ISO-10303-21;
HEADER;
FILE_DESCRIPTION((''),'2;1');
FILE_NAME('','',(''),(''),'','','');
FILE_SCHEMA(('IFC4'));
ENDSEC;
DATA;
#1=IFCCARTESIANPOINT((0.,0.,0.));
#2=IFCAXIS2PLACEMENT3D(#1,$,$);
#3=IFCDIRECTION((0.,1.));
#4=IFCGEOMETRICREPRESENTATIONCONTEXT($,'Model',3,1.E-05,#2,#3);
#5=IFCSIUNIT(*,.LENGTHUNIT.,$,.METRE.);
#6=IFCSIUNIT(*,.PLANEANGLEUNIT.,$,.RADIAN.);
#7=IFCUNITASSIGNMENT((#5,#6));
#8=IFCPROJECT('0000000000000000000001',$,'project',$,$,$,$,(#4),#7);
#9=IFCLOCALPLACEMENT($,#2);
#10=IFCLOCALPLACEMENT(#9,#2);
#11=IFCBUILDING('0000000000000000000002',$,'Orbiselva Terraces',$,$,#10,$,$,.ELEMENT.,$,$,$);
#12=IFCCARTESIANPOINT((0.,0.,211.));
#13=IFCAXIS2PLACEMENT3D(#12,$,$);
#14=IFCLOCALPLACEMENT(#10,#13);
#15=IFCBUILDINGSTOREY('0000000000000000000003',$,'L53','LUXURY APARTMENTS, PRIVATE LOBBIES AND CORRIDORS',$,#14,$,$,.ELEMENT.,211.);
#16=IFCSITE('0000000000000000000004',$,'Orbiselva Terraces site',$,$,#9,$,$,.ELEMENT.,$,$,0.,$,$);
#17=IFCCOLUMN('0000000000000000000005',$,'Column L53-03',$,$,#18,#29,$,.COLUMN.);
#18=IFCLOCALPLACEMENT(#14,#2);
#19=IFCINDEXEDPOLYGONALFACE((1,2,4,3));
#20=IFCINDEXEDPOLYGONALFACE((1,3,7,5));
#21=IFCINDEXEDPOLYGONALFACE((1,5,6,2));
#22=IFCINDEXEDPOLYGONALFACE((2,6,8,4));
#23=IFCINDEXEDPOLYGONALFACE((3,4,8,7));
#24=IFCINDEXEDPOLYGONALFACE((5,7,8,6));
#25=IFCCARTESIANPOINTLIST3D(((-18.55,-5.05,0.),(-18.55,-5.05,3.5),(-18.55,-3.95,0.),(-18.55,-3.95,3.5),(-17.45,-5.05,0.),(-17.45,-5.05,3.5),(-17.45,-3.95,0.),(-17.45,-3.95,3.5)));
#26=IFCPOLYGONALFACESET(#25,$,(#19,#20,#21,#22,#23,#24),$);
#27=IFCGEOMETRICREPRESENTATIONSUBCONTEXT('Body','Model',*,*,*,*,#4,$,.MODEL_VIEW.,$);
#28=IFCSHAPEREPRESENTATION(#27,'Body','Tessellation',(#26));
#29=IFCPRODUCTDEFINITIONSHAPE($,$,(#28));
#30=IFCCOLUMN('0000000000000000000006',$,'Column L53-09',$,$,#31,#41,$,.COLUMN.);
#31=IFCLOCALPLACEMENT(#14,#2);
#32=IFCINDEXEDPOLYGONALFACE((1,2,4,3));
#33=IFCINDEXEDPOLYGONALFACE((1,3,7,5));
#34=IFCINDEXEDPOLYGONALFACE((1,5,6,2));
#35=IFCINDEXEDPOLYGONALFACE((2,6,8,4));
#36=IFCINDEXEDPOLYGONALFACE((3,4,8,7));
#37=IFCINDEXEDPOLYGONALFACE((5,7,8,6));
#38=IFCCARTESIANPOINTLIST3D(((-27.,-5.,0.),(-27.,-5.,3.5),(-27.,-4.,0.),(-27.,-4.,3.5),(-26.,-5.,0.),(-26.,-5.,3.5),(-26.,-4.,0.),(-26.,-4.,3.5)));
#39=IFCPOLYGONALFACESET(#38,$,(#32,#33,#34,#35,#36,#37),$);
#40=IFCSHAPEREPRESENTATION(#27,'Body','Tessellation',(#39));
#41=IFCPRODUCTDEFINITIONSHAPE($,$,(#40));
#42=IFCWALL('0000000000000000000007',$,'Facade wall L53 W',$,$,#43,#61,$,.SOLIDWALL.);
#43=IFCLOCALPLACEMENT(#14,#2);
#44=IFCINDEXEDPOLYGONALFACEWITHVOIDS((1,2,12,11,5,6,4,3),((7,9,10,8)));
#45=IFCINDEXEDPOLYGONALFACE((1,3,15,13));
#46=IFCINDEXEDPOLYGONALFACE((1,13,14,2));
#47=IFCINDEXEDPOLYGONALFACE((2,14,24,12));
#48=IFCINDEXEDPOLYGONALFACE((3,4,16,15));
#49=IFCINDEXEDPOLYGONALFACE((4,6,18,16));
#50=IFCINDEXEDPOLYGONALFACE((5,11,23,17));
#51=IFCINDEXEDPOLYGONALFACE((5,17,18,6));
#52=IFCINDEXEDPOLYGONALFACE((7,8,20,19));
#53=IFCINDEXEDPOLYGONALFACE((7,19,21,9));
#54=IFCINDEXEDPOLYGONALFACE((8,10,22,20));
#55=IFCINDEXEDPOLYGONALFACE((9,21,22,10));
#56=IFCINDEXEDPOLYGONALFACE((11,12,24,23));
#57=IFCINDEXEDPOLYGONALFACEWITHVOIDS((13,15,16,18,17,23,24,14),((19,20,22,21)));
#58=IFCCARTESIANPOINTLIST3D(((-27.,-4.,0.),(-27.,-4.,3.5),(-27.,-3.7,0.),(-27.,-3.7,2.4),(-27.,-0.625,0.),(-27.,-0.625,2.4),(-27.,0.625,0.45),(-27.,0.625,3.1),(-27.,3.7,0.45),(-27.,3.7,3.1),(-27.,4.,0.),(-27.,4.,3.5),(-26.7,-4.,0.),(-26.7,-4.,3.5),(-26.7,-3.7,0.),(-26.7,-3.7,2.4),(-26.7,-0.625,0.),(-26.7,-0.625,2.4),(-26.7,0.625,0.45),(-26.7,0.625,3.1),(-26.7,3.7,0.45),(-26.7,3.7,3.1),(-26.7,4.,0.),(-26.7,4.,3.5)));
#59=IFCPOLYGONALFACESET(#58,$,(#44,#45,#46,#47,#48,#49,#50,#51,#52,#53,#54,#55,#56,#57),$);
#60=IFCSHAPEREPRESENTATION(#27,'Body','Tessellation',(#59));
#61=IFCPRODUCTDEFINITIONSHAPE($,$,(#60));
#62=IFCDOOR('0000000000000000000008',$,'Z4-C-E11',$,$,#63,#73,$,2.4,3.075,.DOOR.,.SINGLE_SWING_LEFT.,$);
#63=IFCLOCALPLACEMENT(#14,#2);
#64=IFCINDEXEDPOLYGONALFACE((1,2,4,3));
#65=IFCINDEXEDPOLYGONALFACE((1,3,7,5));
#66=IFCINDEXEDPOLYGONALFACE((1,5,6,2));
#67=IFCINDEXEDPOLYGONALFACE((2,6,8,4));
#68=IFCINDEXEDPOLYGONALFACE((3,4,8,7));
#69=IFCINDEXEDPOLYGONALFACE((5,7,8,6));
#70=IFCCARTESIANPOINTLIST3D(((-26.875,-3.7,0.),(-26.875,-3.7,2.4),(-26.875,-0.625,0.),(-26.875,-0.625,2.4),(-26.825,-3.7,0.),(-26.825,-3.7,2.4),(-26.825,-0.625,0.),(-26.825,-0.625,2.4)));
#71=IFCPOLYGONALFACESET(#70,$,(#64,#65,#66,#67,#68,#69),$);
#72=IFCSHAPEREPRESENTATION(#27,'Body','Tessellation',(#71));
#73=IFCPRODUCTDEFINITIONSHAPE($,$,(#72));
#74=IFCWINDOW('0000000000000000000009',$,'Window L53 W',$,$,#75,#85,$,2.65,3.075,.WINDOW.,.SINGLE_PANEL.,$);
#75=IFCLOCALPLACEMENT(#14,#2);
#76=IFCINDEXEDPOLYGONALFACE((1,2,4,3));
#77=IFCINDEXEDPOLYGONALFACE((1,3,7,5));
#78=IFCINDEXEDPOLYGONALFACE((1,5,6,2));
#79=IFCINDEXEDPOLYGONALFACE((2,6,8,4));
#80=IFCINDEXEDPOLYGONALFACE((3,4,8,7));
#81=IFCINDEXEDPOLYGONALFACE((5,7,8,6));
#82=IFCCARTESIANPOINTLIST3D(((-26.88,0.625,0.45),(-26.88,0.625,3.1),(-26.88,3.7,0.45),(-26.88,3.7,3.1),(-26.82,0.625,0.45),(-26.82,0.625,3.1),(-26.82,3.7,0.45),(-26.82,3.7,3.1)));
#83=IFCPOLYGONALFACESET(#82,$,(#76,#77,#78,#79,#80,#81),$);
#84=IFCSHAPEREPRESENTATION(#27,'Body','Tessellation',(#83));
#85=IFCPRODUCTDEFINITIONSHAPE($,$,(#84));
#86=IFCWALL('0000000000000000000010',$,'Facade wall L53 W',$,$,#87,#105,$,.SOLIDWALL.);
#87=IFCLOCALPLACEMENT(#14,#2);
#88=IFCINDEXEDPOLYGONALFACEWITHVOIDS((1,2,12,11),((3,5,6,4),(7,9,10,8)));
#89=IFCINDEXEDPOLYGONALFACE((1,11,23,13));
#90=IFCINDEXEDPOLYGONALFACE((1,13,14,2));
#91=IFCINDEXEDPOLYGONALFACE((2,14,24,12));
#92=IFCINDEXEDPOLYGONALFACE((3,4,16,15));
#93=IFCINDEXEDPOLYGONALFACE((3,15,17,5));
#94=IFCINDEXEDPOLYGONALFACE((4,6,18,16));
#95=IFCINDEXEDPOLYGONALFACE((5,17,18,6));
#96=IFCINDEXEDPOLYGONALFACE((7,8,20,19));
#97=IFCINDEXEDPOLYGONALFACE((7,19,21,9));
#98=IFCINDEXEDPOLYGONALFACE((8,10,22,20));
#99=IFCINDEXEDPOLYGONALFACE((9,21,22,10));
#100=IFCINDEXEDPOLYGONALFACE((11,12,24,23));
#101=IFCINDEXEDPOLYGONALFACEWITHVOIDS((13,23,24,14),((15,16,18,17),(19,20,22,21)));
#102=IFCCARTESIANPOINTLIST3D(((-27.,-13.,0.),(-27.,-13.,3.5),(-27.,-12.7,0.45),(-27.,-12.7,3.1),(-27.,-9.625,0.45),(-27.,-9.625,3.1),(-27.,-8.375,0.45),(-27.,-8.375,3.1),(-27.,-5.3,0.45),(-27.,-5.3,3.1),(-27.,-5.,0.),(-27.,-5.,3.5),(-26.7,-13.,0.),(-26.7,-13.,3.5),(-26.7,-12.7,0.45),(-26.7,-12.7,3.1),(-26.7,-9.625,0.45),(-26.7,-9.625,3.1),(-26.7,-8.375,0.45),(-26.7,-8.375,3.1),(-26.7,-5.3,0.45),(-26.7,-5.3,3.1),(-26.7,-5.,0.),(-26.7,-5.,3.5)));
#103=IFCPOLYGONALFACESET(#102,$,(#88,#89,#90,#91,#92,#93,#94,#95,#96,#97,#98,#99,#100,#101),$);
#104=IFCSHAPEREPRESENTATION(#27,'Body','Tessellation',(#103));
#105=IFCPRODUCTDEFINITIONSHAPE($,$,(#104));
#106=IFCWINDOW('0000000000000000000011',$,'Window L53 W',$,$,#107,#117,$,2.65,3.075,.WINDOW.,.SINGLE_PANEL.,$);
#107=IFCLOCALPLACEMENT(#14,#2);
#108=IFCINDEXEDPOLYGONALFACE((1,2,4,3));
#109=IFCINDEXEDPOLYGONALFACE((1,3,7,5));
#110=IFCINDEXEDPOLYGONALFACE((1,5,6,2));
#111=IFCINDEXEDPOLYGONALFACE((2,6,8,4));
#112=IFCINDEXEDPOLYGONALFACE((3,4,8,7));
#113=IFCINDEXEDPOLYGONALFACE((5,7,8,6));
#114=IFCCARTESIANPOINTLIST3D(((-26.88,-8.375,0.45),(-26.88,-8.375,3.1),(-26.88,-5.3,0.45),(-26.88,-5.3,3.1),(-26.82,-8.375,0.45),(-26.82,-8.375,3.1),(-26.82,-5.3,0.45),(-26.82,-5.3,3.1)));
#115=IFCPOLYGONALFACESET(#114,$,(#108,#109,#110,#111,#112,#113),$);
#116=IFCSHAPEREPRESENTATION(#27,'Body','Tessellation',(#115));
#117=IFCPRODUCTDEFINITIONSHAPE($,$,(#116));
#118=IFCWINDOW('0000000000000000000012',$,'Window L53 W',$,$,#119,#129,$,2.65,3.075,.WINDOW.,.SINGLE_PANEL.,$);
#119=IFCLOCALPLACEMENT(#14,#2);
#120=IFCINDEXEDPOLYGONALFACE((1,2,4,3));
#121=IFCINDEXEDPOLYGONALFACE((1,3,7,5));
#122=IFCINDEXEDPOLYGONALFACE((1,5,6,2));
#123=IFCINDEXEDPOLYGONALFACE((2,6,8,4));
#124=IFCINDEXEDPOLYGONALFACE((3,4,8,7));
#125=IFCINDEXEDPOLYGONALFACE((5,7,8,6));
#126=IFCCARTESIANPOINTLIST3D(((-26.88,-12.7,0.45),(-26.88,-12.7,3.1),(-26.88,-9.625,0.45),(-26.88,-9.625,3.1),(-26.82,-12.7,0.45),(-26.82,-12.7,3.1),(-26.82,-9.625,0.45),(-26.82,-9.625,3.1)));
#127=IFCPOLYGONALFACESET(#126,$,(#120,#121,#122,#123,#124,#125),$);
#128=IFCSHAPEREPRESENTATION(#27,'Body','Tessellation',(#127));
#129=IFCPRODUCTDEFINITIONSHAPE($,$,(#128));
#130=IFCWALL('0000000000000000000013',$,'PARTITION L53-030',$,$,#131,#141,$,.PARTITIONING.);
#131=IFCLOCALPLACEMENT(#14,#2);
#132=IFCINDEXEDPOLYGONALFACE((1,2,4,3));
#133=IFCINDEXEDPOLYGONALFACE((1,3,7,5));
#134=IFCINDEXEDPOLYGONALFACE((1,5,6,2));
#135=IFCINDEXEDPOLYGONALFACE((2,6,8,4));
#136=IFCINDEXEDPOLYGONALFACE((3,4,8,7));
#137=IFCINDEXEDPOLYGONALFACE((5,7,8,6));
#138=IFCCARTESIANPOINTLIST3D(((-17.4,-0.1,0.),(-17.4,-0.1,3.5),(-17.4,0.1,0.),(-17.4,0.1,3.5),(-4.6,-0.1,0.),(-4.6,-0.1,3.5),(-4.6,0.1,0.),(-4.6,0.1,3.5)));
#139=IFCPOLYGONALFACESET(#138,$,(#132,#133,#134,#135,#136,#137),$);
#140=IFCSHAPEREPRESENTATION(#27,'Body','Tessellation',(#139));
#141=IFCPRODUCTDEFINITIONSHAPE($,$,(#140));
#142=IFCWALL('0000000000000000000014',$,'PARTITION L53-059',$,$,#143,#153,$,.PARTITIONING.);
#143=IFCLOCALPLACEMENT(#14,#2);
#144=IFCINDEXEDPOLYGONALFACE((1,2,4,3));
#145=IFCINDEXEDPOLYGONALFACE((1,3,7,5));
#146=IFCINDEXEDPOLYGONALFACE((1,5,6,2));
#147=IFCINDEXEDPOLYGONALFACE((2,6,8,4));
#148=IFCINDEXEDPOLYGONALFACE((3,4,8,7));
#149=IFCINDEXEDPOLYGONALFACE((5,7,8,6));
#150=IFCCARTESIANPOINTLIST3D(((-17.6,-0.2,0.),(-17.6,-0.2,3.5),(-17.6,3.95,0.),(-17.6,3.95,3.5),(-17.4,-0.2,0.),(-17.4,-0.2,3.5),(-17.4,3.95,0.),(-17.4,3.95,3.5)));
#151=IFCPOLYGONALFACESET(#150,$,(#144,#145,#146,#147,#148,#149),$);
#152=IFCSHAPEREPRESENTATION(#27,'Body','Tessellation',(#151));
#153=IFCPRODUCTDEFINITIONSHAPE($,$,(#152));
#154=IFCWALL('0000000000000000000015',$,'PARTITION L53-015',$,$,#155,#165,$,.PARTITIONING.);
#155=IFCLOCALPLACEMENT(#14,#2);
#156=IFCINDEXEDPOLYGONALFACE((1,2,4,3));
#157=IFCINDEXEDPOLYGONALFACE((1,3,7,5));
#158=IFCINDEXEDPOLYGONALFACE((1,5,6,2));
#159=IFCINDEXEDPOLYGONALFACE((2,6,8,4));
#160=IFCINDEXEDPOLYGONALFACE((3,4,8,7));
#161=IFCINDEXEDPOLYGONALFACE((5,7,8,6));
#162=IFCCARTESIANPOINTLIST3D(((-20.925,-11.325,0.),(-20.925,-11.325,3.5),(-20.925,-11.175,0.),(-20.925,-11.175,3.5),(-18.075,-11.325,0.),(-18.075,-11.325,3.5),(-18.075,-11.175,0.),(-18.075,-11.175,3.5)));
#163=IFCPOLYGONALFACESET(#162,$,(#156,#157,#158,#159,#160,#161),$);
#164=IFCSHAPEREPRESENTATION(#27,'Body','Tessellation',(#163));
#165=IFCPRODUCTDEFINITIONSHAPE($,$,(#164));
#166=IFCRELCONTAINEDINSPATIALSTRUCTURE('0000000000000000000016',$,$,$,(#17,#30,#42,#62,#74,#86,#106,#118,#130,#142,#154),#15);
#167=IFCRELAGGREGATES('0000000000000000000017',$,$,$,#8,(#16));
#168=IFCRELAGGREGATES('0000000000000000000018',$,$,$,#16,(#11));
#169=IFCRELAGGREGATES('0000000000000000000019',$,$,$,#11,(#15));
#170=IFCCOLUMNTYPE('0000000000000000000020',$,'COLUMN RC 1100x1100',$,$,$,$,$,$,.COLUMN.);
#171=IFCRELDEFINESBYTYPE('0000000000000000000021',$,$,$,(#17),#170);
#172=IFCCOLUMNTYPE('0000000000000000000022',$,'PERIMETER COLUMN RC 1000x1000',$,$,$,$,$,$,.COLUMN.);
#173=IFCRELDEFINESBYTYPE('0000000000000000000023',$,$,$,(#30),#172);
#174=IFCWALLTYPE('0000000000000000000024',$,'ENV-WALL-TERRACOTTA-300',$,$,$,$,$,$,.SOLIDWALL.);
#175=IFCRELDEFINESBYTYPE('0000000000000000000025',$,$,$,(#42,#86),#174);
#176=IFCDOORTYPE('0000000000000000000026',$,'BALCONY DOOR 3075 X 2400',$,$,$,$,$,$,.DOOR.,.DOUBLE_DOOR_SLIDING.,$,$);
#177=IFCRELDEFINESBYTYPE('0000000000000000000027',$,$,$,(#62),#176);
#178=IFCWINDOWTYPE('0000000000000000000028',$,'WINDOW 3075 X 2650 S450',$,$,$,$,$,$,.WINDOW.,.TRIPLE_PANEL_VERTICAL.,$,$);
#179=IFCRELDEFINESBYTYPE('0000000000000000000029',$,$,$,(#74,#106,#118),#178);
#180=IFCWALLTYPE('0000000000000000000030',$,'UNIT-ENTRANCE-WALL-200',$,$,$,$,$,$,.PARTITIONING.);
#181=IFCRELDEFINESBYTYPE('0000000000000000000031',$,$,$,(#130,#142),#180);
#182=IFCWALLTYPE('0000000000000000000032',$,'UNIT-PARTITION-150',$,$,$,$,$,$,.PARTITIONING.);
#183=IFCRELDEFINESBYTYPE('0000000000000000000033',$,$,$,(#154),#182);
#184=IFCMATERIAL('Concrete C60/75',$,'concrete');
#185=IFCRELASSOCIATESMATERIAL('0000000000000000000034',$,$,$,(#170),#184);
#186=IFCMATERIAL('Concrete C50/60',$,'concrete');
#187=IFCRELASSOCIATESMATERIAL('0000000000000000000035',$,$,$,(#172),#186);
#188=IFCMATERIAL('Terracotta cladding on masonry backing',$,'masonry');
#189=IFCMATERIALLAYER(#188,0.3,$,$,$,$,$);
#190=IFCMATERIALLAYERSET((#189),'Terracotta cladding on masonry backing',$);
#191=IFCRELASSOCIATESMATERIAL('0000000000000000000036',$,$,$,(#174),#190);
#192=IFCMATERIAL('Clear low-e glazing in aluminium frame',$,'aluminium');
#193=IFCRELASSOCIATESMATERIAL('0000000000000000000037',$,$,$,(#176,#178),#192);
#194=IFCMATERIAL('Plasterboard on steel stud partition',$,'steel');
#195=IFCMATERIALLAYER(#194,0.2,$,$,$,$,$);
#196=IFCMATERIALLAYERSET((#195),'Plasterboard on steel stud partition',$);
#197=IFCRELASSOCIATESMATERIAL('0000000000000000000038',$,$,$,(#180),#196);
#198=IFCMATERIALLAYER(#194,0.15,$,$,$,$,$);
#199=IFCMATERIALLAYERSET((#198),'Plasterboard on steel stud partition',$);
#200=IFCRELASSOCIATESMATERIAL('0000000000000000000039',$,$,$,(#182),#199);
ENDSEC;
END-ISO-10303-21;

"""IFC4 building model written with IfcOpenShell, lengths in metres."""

from ifc_helpers import new_model, si_unit, direction, frame, frame_2d, origin, origin_2d, place, context, subcontext, project, spatial, rectangle, extrude, material, layer, layer_set, material_profile, profile_set, type_object, element, fill, save


model = new_model("IFC4")

# Units and contexts
model_context = context("Model", 3, precision=1e-05, world=origin(), true_north=direction((0.0, 1.0)))
body_context = subcontext(model_context, "Body", "Model", "MODEL_VIEW")
ifc_project = project(units=[si_unit("LENGTHUNIT", "METRE"), si_unit("PLANEANGLEUNIT", "RADIAN")], contexts=[model_context])

# Site, building, storey
site_placement = place(None, origin())
site = spatial("IfcSite", under=ifc_project, at=site_placement, Name="Orbiselva Terraces site", CompositionType="ELEMENT", RefElevation=0.0)
building_placement = place(site_placement, origin())
building = spatial("IfcBuilding", under=site, at=building_placement, Name="Orbiselva Terraces", CompositionType="ELEMENT")
storey_placement = place(building_placement, frame((0.0, 0.0, 211.0)))
storey = spatial("IfcBuildingStorey", under=building, at=storey_placement, Name="L53", Description="LUXURY APARTMENTS, PRIVATE LOBBIES AND CORRIDORS", CompositionType="ELEMENT", Elevation=211.0)

# Columns
ifc_material_1 = material(Name="Concrete C60/75", Category="concrete")
ifc_material_profile_1 = material_profile(ifc_material_1, rectangle(XDim=1.1, YDim=1.1, at=origin_2d()), Name="RC 1100x1100")
ifc_profile_set_1 = profile_set([ifc_material_profile_1], Name="Concrete C60/75")
column_type_1 = type_object("IfcColumnType", Name="COLUMN RC 1100x1100", PredefinedType="COLUMN", material=ifc_profile_set_1)
column_1_placement = place(storey_placement, frame((-18.0, -4.5, 0.0), z_axis=(0.0, 0.0, 1.0), x_axis=(1.0, 0.0, 0.0)))
element("IfcColumn", 1, at=column_1_placement, inside=storey, type_object=column_type_1, Name="Column L53-03", PredefinedType="COLUMN", context=body_context, shape_type="SweptSolid", body=[
    extrude(rectangle(XDim=1.1, YDim=1.1, at=origin_2d()), origin(), (0.0, 0.0, 1.0), 3.5),
])
ifc_material_2 = material(Name="Concrete C50/60", Category="concrete")
ifc_material_profile_2 = material_profile(ifc_material_2, rectangle(XDim=1.0, YDim=1.0, at=origin_2d()), Name="RC 1000x1000")
ifc_profile_set_2 = profile_set([ifc_material_profile_2], Name="Concrete C50/60")
column_type_2 = type_object("IfcColumnType", Name="PERIMETER COLUMN RC 1000x1000", PredefinedType="COLUMN", material=ifc_profile_set_2)
column_2_placement = place(storey_placement, frame((-26.5, -4.5, 0.0), z_axis=(0.0, 0.0, 1.0), x_axis=(1.0, 0.0, 0.0)))
element("IfcColumn", 2, at=column_2_placement, inside=storey, type_object=column_type_2, Name="Column L53-09", PredefinedType="COLUMN", context=body_context, shape_type="SweptSolid", body=[
    extrude(rectangle(XDim=1.0, YDim=1.0, at=origin_2d()), origin(), (0.0, 0.0, 1.0), 3.5),
])

# Wall, openings, door, window
ifc_material_3 = material(Name="Terracotta cladding on masonry backing", Category="masonry")
ifc_layer_1 = layer(ifc_material_3, 0.3)
ifc_layer_set_1 = layer_set([ifc_layer_1], Name="Terracotta cladding on masonry backing")
wall_type_1 = type_object("IfcWallType", Name="ENV-WALL-TERRACOTTA-300", PredefinedType="SOLIDWALL", material=ifc_layer_set_1)
wall_1_placement = place(storey_placement, frame((-26.85, -4.0, 0.0), z_axis=(0.0, 0.0, 1.0), x_axis=(0.0, 1.0, 0.0)))
wall_1 = element("IfcWall", 3, at=wall_1_placement, inside=storey, type_object=wall_type_1, Name="Facade wall L53 W", PredefinedType="SOLIDWALL", context=body_context, shape_type="SweptSolid", body=[
    extrude(rectangle(XDim=8.0, YDim=0.3, at=frame_2d((4.0, 0.0))), origin(), (0.0, 0.0, 1.0), 3.5),
])
opening_1_placement = place(wall_1_placement, frame((4.625, 0.0, 0.45)))
opening_1 = element("IfcOpeningElement", 4, at=opening_1_placement, cuts=wall_1, PredefinedType="OPENING", context=body_context, shape_type="SweptSolid", body=[
    extrude(rectangle(XDim=3.075, YDim=2.65, at=frame_2d((1.5375, 1.325))), frame((0.0, 0.16, 0.0), z_axis=(0.0, -1.0, 0.0), x_axis=(1.0, 0.0, 0.0)), (0.0, 0.0, 1.0), 0.32),
])
opening_2_placement = place(wall_1_placement, frame((0.3, 0.0, 0.0)))
opening_2 = element("IfcOpeningElement", 5, at=opening_2_placement, cuts=wall_1, PredefinedType="OPENING", context=body_context, shape_type="SweptSolid", body=[
    extrude(rectangle(XDim=3.075, YDim=2.4, at=frame_2d((1.5375, 1.2))), frame((0.0, 0.16, 0.0), z_axis=(0.0, -1.0, 0.0), x_axis=(1.0, 0.0, 0.0)), (0.0, 0.0, 1.0), 0.32),
])
ifc_material_4 = material(Name="Clear low-e glazing in aluminium frame", Category="aluminium")
door_type_1 = type_object("IfcDoorType", Name="BALCONY DOOR 3075 X 2400", OperationType="DOUBLE_DOOR_SLIDING", PredefinedType="DOOR", material=ifc_material_4)
door_1_placement = place(opening_2_placement, origin())
door_1 = element("IfcDoor", 6, at=door_1_placement, inside=storey, type_object=door_type_1, Name="Z4-C-E11", OperationType="SINGLE_SWING_LEFT", OverallHeight=2.4, OverallWidth=3.075, PredefinedType="DOOR", context=body_context, shape_type="SweptSolid", body=[
    extrude(rectangle(XDim=3.075, YDim=2.4, at=frame_2d((1.5375, 1.2))), frame((0.0, 0.025, 0.0), z_axis=(0.0, -1.0, 0.0), x_axis=(1.0, 0.0, 0.0)), (0.0, 0.0, 1.0), 0.05),
])
fill(opening_2, door_1)
window_type = type_object("IfcWindowType", Name="WINDOW 3075 X 2650 S450", PartitioningType="TRIPLE_PANEL_VERTICAL", PredefinedType="WINDOW", material=ifc_material_4)
window_1_placement = place(opening_1_placement, origin())
window_1 = element("IfcWindow", 7, at=window_1_placement, inside=storey, type_object=window_type, Name="Window L53 W", OverallHeight=2.65, OverallWidth=3.075, PartitioningType="SINGLE_PANEL", PredefinedType="WINDOW", context=body_context, shape_type="SweptSolid", body=[
    extrude(rectangle(XDim=3.075, YDim=2.65, at=frame_2d((1.5375, 1.325))), frame((0.0, 0.03, 0.0), z_axis=(0.0, -1.0, 0.0), x_axis=(1.0, 0.0, 0.0)), (0.0, 0.0, 1.0), 0.06),
])
fill(opening_1, window_1)

# Wall, openings, windows
wall_2_placement = place(storey_placement, frame((-26.85, -13.0, 0.0), z_axis=(0.0, 0.0, 1.0), x_axis=(0.0, 1.0, 0.0)))
wall_2 = element("IfcWall", 8, at=wall_2_placement, inside=storey, type_object=wall_type_1, Name="Facade wall L53 W", PredefinedType="SOLIDWALL", context=body_context, shape_type="SweptSolid", body=[
    extrude(rectangle(XDim=8.0, YDim=0.3, at=frame_2d((4.0, 0.0))), origin(), (0.0, 0.0, 1.0), 3.5),
])
opening_3_placement = place(wall_2_placement, frame((4.625, 0.0, 0.45)))
opening_3 = element("IfcOpeningElement", 9, at=opening_3_placement, cuts=wall_2, PredefinedType="OPENING", context=body_context, shape_type="SweptSolid", body=[
    extrude(rectangle(XDim=3.075, YDim=2.65, at=frame_2d((1.5375, 1.325))), frame((0.0, 0.16, 0.0), z_axis=(0.0, -1.0, 0.0), x_axis=(1.0, 0.0, 0.0)), (0.0, 0.0, 1.0), 0.32),
])
opening_4_placement = place(wall_2_placement, frame((0.3, 0.0, 0.45)))
opening_4 = element("IfcOpeningElement", 10, at=opening_4_placement, cuts=wall_2, PredefinedType="OPENING", context=body_context, shape_type="SweptSolid", body=[
    extrude(rectangle(XDim=3.075, YDim=2.65, at=frame_2d((1.5375, 1.325))), frame((0.0, 0.16, 0.0), z_axis=(0.0, -1.0, 0.0), x_axis=(1.0, 0.0, 0.0)), (0.0, 0.0, 1.0), 0.32),
])
window_2_placement = place(opening_3_placement, origin())
window_2 = element("IfcWindow", 11, at=window_2_placement, inside=storey, type_object=window_type, Name="Window L53 W", OverallHeight=2.65, OverallWidth=3.075, PartitioningType="SINGLE_PANEL", PredefinedType="WINDOW", context=body_context, shape_type="SweptSolid", body=[
    extrude(rectangle(XDim=3.075, YDim=2.65, at=frame_2d((1.5375, 1.325))), frame((0.0, 0.03, 0.0), z_axis=(0.0, -1.0, 0.0), x_axis=(1.0, 0.0, 0.0)), (0.0, 0.0, 1.0), 0.06),
])
fill(opening_3, window_2)
window_3_placement = place(opening_4_placement, origin())
window_3 = element("IfcWindow", 12, at=window_3_placement, inside=storey, type_object=window_type, Name="Window L53 W", OverallHeight=2.65, OverallWidth=3.075, PartitioningType="SINGLE_PANEL", PredefinedType="WINDOW", context=body_context, shape_type="SweptSolid", body=[
    extrude(rectangle(XDim=3.075, YDim=2.65, at=frame_2d((1.5375, 1.325))), frame((0.0, 0.03, 0.0), z_axis=(0.0, -1.0, 0.0), x_axis=(1.0, 0.0, 0.0)), (0.0, 0.0, 1.0), 0.06),
])
fill(opening_4, window_3)

# Walls
ifc_material_5 = material(Name="Plasterboard on steel stud partition", Category="steel")
ifc_layer_2 = layer(ifc_material_5, 0.2)
ifc_layer_set_2 = layer_set([ifc_layer_2], Name="Plasterboard on steel stud partition")
wall_type_2 = type_object("IfcWallType", Name="UNIT-ENTRANCE-WALL-200", PredefinedType="PARTITIONING", material=ifc_layer_set_2)
wall_3_placement = place(storey_placement, frame((-17.4, 0.0, 0.0), z_axis=(0.0, 0.0, 1.0), x_axis=(1.0, 0.0, 0.0)))
element("IfcWall", 13, at=wall_3_placement, inside=storey, type_object=wall_type_2, Name="PARTITION L53-030", PredefinedType="PARTITIONING", context=body_context, shape_type="SweptSolid", body=[
    extrude(rectangle(XDim=12.8, YDim=0.2, at=frame_2d((6.4, 0.0))), origin(), (0.0, 0.0, 1.0), 3.5),
])
wall_4_placement = place(storey_placement, frame((-17.5, -0.2, 0.0), z_axis=(0.0, 0.0, 1.0), x_axis=(0.0, 1.0, 0.0)))
element("IfcWall", 14, at=wall_4_placement, inside=storey, type_object=wall_type_2, Name="PARTITION L53-059", PredefinedType="PARTITIONING", context=body_context, shape_type="SweptSolid", body=[
    extrude(rectangle(XDim=4.15, YDim=0.2, at=frame_2d((2.075, 0.0))), origin(), (0.0, 0.0, 1.0), 3.5),
])
ifc_layer_3 = layer(ifc_material_5, 0.15)
ifc_layer_set_3 = layer_set([ifc_layer_3], Name="Plasterboard on steel stud partition")
wall_type_3 = type_object("IfcWallType", Name="UNIT-PARTITION-150", PredefinedType="PARTITIONING", material=ifc_layer_set_3)
wall_5_placement = place(storey_placement, frame((-20.925, -11.25, 0.0), z_axis=(0.0, 0.0, 1.0), x_axis=(1.0, 0.0, 0.0)))
element("IfcWall", 15, at=wall_5_placement, inside=storey, type_object=wall_type_3, Name="PARTITION L53-015", PredefinedType="PARTITIONING", context=body_context, shape_type="SweptSolid", body=[
    extrude(rectangle(XDim=2.85, YDim=0.15, at=frame_2d((1.425, 0.0))), origin(), (0.0, 0.0, 1.0), 3.5),
])

save(model, "model.ifc")
